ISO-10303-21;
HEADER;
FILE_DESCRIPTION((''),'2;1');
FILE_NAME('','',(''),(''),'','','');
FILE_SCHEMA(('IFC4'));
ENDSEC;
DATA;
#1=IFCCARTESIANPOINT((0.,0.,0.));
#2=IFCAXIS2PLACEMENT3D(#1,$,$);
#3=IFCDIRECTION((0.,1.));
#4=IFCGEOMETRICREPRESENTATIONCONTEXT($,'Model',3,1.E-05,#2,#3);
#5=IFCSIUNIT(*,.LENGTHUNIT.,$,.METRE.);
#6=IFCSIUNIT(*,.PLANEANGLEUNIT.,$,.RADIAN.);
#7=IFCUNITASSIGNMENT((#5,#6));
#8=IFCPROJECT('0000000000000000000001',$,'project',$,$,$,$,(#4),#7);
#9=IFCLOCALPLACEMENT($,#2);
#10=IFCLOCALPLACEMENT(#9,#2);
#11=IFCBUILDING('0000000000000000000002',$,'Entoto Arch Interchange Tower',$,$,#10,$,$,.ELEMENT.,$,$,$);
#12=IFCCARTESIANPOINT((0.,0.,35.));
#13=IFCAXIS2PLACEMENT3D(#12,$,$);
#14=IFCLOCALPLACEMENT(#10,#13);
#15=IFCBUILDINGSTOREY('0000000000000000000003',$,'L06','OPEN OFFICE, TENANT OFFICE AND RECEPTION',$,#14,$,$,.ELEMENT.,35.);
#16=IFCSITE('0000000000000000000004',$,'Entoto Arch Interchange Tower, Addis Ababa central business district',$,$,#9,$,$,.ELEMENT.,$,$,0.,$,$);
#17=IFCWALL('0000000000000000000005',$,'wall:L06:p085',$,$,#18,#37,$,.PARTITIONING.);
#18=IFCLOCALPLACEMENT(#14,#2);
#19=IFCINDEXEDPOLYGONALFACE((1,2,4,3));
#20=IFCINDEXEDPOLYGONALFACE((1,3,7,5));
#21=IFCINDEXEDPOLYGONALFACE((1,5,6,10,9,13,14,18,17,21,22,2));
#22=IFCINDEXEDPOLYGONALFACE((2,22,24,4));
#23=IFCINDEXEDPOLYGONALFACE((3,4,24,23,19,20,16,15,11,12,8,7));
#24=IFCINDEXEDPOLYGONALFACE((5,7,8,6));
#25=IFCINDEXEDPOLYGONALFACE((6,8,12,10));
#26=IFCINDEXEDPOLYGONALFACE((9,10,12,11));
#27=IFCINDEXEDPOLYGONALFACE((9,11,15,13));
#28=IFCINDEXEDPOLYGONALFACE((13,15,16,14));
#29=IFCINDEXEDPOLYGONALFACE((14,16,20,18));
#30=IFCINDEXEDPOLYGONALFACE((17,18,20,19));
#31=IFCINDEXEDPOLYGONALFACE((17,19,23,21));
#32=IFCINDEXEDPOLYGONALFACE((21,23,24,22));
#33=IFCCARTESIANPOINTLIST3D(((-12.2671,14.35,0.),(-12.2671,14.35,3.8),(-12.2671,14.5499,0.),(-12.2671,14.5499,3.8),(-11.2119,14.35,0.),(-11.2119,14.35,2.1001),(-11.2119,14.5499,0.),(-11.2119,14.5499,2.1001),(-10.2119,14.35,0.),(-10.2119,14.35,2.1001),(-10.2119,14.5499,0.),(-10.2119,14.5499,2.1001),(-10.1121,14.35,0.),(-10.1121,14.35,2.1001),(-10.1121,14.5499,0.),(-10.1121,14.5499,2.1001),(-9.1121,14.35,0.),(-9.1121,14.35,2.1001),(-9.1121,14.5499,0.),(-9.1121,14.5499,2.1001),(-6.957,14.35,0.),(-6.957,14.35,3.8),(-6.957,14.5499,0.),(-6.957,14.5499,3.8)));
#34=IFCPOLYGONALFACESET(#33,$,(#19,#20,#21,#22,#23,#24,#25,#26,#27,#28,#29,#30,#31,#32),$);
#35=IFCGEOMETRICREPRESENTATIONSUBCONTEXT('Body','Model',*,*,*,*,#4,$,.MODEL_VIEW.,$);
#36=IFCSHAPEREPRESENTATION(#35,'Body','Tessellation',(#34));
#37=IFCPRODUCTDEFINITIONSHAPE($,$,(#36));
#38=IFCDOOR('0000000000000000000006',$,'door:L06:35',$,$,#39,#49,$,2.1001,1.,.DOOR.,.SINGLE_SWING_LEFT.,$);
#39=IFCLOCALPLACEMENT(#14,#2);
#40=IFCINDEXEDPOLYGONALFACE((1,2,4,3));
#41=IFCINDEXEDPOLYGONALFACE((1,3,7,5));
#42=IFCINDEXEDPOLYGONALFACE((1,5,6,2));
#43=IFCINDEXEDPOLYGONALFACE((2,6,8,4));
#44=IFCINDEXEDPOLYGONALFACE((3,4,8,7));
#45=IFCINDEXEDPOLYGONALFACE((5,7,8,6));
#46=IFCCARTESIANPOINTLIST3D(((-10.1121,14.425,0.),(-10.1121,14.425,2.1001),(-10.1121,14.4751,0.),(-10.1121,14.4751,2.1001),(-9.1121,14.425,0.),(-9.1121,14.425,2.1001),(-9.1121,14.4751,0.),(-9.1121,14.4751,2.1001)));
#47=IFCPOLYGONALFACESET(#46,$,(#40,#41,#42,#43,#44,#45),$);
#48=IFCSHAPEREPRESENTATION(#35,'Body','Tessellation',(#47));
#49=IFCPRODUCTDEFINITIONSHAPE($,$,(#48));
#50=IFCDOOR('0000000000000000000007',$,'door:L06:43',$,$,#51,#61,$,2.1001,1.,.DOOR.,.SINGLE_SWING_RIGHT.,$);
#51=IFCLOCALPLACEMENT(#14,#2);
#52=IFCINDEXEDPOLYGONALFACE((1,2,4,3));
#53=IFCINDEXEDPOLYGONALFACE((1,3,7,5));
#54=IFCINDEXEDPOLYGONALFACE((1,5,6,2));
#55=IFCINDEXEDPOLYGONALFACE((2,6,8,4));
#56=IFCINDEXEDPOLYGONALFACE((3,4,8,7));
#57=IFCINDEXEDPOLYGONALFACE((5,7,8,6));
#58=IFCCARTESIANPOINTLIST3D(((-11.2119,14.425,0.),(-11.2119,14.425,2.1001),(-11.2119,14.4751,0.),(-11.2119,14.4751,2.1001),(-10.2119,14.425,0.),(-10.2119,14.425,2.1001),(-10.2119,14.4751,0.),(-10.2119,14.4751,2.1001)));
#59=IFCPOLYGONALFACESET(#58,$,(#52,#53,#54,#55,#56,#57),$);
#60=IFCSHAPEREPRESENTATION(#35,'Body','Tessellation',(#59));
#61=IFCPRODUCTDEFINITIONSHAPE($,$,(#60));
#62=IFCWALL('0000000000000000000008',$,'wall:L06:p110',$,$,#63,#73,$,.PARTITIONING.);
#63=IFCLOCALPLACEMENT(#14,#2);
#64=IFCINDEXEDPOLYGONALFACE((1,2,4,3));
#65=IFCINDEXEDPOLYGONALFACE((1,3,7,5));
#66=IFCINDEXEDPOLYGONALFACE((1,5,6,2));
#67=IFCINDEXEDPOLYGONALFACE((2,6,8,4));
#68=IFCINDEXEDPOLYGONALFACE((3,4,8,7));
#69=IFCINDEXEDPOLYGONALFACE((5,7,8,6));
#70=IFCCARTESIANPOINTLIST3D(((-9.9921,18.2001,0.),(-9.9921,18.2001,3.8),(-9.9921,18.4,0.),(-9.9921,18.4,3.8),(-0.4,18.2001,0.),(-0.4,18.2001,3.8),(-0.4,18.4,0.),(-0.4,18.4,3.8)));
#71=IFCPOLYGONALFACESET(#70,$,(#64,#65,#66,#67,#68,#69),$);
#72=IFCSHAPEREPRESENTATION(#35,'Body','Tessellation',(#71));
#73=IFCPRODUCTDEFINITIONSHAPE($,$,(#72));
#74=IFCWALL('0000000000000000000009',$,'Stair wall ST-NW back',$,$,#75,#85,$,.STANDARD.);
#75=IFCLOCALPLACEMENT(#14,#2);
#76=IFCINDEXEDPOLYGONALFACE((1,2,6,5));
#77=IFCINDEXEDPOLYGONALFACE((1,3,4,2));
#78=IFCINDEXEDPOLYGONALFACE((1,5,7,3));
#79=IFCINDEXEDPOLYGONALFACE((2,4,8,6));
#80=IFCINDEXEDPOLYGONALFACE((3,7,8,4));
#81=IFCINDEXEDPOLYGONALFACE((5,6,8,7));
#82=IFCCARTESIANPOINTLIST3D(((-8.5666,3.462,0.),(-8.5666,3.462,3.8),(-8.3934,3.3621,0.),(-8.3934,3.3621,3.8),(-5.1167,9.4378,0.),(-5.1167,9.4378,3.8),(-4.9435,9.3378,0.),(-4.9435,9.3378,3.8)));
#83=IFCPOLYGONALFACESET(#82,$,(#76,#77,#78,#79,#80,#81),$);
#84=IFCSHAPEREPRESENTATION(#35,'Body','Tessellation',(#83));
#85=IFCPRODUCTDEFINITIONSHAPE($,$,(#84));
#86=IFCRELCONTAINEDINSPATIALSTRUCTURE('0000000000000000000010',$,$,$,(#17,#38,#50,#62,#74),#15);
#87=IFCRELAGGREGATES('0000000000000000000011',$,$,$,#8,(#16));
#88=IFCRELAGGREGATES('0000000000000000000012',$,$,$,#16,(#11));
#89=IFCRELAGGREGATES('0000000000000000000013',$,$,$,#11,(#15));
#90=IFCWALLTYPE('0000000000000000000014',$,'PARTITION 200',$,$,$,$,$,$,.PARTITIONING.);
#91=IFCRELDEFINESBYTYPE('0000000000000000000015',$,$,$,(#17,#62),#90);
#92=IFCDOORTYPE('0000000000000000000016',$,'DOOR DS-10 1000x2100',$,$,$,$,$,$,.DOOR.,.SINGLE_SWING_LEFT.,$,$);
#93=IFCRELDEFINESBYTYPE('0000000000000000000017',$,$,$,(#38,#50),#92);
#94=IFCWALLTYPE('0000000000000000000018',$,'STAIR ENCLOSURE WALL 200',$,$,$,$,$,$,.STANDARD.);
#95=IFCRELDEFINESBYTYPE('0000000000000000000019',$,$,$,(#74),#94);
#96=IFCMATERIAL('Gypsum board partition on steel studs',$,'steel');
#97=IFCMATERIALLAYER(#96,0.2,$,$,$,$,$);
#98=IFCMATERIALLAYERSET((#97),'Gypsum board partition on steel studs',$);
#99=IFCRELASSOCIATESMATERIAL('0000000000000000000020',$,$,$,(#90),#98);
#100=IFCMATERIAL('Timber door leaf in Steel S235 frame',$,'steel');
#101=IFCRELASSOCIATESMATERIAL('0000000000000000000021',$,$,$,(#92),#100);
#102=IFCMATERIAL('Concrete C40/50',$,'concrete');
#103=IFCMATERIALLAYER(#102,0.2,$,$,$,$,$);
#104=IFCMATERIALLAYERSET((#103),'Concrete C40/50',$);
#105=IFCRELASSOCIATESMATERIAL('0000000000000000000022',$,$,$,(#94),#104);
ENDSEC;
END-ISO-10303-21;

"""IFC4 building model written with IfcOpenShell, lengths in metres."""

from ifc_helpers import new_model, si_unit, direction, frame, frame_2d, origin, place, context, subcontext, project, spatial, rectangle, extrude, material, layer, layer_set, type_object, element, fill, save


model = new_model("IFC4")

# Units and contexts
model_context = context("Model", 3, precision=1e-05, world=origin(), true_north=direction((0.0, 1.0)))
body_context = subcontext(model_context, "Body", "Model", "MODEL_VIEW")
ifc_project = project(units=[si_unit("LENGTHUNIT", "METRE"), si_unit("PLANEANGLEUNIT", "RADIAN")], contexts=[model_context])

# Site, building, storey
site_placement = place(None, origin())
site = spatial("IfcSite", under=ifc_project, at=site_placement, Name="Entoto Arch Interchange Tower, Addis Ababa central business district", CompositionType="ELEMENT", RefElevation=0.0)
building_placement = place(site_placement, origin())
building = spatial("IfcBuilding", under=site, at=building_placement, Name="Entoto Arch Interchange Tower", CompositionType="ELEMENT")
storey_placement = place(building_placement, frame((0.0, 0.0, 35.0)))
storey = spatial("IfcBuildingStorey", under=building, at=storey_placement, Name="L06", Description="OPEN OFFICE, TENANT OFFICE AND RECEPTION", CompositionType="ELEMENT", Elevation=35.0)

# Shared definitions
ifc_material_1 = material(Name="Concrete C40/50", Category="concrete")

# Shared definitions
ifc_material_2 = material(Name="Gypsum board partition on steel studs", Category="steel")
ifc_layer_1 = layer(ifc_material_2, 0.2)
ifc_layer_set_1 = layer_set([ifc_layer_1], Name="Gypsum board partition on steel studs")
wall_type_1 = type_object("IfcWallType", Name="PARTITION 200", PredefinedType="PARTITIONING", material=ifc_layer_set_1)

# Wall, openings, doors
wall_1_placement = place(storey_placement, frame((-6.957, 14.45, 0.0), z_axis=(0.0, 0.0, 1.0), x_axis=(-1.0, 0.0, 0.0)))
wall_1 = element("IfcWall", 1, at=wall_1_placement, inside=storey, type_object=wall_type_1, Name="wall:L06:p085", PredefinedType="PARTITIONING", context=body_context, shape_type="SweptSolid", body=[
    extrude(rectangle(XDim=5.3101, YDim=0.2, at=frame_2d((2.655, 0.0))), origin(), (0.0, 0.0, 1.0), 3.8),
])
opening_1_placement = place(wall_1_placement, frame((2.155, 0.0, 0.0)))
opening_1 = element("IfcOpeningElement", 2, at=opening_1_placement, cuts=wall_1, PredefinedType="OPENING", context=body_context, shape_type="SweptSolid", body=[
    extrude(rectangle(XDim=1.0, YDim=2.1001, at=frame_2d((0.5, 1.05))), frame((0.0, 0.1099, 0.0), z_axis=(0.0, -1.0, 0.0), x_axis=(1.0, 0.0, 0.0)), (0.0, 0.0, 1.0), 0.22),
])
opening_2_placement = place(wall_1_placement, frame((3.2549, 0.0, 0.0)))
opening_2 = element("IfcOpeningElement", 3, at=opening_2_placement, cuts=wall_1, PredefinedType="OPENING", context=body_context, shape_type="SweptSolid", body=[
    extrude(rectangle(XDim=1.0, YDim=2.1001, at=frame_2d((0.5, 1.05))), frame((0.0, 0.1099, 0.0), z_axis=(0.0, -1.0, 0.0), x_axis=(1.0, 0.0, 0.0)), (0.0, 0.0, 1.0), 0.22),
])
ifc_material_3 = material(Name="Timber door leaf in Steel S235 frame", Category="steel")
door_type_1 = type_object("IfcDoorType", Name="DOOR DS-10 1000x2100", OperationType="SINGLE_SWING_LEFT", PredefinedType="DOOR", material=ifc_material_3)
door_1_placement = place(opening_1_placement, origin())
door_1 = element("IfcDoor", 4, at=door_1_placement, inside=storey, type_object=door_type_1, Name="door:L06:35", OperationType="SINGLE_SWING_LEFT", OverallHeight=2.1001, OverallWidth=1.0, PredefinedType="DOOR", context=body_context, shape_type="SweptSolid", body=[
    extrude(rectangle(XDim=1.0, YDim=2.1001, at=frame_2d((0.5, 1.05))), frame((0.0, 0.0249, 0.0), z_axis=(0.0, -1.0, 0.0), x_axis=(1.0, 0.0, 0.0)), (0.0, 0.0, 1.0), 0.05),
])
fill(opening_1, door_1)
door_2_placement = place(opening_2_placement, origin())
door_2 = element("IfcDoor", 5, at=door_2_placement, inside=storey, type_object=door_type_1, Name="door:L06:43", OperationType="SINGLE_SWING_RIGHT", OverallHeight=2.1001, OverallWidth=1.0, PredefinedType="DOOR", context=body_context, shape_type="SweptSolid", body=[
    extrude(rectangle(XDim=1.0, YDim=2.1001, at=frame_2d((0.5, 1.05))), frame((0.0, 0.0249, 0.0), z_axis=(0.0, -1.0, 0.0), x_axis=(1.0, 0.0, 0.0)), (0.0, 0.0, 1.0), 0.05),
])
fill(opening_2, door_2)

# Walls
wall_2_placement = place(storey_placement, frame((-9.9919, 18.3, 0.0), z_axis=(0.0, 0.0, 1.0), x_axis=(1.0, 0.0, 0.0)))
element("IfcWall", 6, at=wall_2_placement, inside=storey, type_object=wall_type_1, Name="wall:L06:p110", PredefinedType="PARTITIONING", context=body_context, shape_type="SweptSolid", body=[
    extrude(rectangle(XDim=9.592, YDim=0.2, at=frame_2d((4.7959, 0.0))), origin(), (0.0, 0.0, 1.0), 3.8),
])
ifc_layer_2 = layer(ifc_material_1, 0.2)
ifc_layer_set_2 = layer_set([ifc_layer_2], Name="Concrete C40/50")
wall_type_2 = type_object("IfcWallType", Name="STAIR ENCLOSURE WALL 200", PredefinedType="STANDARD", material=ifc_layer_set_2)
wall_3_placement = place(storey_placement, frame((-5.03, 9.3879, 0.0), z_axis=(0.0, 0.0, 1.0), x_axis=(-0.499979, -0.866038, 0.0)))
element("IfcWall", 7, at=wall_3_placement, inside=storey, type_object=wall_type_2, Name="Stair wall ST-NW back", PredefinedType="STANDARD", context=body_context, shape_type="SweptSolid", body=[
    extrude(rectangle(XDim=6.9001, YDim=0.2, at=frame_2d((3.4502, 0.0))), origin(), (0.0, 0.0, 1.0), 3.8),
])

save(model, "model.ifc")
